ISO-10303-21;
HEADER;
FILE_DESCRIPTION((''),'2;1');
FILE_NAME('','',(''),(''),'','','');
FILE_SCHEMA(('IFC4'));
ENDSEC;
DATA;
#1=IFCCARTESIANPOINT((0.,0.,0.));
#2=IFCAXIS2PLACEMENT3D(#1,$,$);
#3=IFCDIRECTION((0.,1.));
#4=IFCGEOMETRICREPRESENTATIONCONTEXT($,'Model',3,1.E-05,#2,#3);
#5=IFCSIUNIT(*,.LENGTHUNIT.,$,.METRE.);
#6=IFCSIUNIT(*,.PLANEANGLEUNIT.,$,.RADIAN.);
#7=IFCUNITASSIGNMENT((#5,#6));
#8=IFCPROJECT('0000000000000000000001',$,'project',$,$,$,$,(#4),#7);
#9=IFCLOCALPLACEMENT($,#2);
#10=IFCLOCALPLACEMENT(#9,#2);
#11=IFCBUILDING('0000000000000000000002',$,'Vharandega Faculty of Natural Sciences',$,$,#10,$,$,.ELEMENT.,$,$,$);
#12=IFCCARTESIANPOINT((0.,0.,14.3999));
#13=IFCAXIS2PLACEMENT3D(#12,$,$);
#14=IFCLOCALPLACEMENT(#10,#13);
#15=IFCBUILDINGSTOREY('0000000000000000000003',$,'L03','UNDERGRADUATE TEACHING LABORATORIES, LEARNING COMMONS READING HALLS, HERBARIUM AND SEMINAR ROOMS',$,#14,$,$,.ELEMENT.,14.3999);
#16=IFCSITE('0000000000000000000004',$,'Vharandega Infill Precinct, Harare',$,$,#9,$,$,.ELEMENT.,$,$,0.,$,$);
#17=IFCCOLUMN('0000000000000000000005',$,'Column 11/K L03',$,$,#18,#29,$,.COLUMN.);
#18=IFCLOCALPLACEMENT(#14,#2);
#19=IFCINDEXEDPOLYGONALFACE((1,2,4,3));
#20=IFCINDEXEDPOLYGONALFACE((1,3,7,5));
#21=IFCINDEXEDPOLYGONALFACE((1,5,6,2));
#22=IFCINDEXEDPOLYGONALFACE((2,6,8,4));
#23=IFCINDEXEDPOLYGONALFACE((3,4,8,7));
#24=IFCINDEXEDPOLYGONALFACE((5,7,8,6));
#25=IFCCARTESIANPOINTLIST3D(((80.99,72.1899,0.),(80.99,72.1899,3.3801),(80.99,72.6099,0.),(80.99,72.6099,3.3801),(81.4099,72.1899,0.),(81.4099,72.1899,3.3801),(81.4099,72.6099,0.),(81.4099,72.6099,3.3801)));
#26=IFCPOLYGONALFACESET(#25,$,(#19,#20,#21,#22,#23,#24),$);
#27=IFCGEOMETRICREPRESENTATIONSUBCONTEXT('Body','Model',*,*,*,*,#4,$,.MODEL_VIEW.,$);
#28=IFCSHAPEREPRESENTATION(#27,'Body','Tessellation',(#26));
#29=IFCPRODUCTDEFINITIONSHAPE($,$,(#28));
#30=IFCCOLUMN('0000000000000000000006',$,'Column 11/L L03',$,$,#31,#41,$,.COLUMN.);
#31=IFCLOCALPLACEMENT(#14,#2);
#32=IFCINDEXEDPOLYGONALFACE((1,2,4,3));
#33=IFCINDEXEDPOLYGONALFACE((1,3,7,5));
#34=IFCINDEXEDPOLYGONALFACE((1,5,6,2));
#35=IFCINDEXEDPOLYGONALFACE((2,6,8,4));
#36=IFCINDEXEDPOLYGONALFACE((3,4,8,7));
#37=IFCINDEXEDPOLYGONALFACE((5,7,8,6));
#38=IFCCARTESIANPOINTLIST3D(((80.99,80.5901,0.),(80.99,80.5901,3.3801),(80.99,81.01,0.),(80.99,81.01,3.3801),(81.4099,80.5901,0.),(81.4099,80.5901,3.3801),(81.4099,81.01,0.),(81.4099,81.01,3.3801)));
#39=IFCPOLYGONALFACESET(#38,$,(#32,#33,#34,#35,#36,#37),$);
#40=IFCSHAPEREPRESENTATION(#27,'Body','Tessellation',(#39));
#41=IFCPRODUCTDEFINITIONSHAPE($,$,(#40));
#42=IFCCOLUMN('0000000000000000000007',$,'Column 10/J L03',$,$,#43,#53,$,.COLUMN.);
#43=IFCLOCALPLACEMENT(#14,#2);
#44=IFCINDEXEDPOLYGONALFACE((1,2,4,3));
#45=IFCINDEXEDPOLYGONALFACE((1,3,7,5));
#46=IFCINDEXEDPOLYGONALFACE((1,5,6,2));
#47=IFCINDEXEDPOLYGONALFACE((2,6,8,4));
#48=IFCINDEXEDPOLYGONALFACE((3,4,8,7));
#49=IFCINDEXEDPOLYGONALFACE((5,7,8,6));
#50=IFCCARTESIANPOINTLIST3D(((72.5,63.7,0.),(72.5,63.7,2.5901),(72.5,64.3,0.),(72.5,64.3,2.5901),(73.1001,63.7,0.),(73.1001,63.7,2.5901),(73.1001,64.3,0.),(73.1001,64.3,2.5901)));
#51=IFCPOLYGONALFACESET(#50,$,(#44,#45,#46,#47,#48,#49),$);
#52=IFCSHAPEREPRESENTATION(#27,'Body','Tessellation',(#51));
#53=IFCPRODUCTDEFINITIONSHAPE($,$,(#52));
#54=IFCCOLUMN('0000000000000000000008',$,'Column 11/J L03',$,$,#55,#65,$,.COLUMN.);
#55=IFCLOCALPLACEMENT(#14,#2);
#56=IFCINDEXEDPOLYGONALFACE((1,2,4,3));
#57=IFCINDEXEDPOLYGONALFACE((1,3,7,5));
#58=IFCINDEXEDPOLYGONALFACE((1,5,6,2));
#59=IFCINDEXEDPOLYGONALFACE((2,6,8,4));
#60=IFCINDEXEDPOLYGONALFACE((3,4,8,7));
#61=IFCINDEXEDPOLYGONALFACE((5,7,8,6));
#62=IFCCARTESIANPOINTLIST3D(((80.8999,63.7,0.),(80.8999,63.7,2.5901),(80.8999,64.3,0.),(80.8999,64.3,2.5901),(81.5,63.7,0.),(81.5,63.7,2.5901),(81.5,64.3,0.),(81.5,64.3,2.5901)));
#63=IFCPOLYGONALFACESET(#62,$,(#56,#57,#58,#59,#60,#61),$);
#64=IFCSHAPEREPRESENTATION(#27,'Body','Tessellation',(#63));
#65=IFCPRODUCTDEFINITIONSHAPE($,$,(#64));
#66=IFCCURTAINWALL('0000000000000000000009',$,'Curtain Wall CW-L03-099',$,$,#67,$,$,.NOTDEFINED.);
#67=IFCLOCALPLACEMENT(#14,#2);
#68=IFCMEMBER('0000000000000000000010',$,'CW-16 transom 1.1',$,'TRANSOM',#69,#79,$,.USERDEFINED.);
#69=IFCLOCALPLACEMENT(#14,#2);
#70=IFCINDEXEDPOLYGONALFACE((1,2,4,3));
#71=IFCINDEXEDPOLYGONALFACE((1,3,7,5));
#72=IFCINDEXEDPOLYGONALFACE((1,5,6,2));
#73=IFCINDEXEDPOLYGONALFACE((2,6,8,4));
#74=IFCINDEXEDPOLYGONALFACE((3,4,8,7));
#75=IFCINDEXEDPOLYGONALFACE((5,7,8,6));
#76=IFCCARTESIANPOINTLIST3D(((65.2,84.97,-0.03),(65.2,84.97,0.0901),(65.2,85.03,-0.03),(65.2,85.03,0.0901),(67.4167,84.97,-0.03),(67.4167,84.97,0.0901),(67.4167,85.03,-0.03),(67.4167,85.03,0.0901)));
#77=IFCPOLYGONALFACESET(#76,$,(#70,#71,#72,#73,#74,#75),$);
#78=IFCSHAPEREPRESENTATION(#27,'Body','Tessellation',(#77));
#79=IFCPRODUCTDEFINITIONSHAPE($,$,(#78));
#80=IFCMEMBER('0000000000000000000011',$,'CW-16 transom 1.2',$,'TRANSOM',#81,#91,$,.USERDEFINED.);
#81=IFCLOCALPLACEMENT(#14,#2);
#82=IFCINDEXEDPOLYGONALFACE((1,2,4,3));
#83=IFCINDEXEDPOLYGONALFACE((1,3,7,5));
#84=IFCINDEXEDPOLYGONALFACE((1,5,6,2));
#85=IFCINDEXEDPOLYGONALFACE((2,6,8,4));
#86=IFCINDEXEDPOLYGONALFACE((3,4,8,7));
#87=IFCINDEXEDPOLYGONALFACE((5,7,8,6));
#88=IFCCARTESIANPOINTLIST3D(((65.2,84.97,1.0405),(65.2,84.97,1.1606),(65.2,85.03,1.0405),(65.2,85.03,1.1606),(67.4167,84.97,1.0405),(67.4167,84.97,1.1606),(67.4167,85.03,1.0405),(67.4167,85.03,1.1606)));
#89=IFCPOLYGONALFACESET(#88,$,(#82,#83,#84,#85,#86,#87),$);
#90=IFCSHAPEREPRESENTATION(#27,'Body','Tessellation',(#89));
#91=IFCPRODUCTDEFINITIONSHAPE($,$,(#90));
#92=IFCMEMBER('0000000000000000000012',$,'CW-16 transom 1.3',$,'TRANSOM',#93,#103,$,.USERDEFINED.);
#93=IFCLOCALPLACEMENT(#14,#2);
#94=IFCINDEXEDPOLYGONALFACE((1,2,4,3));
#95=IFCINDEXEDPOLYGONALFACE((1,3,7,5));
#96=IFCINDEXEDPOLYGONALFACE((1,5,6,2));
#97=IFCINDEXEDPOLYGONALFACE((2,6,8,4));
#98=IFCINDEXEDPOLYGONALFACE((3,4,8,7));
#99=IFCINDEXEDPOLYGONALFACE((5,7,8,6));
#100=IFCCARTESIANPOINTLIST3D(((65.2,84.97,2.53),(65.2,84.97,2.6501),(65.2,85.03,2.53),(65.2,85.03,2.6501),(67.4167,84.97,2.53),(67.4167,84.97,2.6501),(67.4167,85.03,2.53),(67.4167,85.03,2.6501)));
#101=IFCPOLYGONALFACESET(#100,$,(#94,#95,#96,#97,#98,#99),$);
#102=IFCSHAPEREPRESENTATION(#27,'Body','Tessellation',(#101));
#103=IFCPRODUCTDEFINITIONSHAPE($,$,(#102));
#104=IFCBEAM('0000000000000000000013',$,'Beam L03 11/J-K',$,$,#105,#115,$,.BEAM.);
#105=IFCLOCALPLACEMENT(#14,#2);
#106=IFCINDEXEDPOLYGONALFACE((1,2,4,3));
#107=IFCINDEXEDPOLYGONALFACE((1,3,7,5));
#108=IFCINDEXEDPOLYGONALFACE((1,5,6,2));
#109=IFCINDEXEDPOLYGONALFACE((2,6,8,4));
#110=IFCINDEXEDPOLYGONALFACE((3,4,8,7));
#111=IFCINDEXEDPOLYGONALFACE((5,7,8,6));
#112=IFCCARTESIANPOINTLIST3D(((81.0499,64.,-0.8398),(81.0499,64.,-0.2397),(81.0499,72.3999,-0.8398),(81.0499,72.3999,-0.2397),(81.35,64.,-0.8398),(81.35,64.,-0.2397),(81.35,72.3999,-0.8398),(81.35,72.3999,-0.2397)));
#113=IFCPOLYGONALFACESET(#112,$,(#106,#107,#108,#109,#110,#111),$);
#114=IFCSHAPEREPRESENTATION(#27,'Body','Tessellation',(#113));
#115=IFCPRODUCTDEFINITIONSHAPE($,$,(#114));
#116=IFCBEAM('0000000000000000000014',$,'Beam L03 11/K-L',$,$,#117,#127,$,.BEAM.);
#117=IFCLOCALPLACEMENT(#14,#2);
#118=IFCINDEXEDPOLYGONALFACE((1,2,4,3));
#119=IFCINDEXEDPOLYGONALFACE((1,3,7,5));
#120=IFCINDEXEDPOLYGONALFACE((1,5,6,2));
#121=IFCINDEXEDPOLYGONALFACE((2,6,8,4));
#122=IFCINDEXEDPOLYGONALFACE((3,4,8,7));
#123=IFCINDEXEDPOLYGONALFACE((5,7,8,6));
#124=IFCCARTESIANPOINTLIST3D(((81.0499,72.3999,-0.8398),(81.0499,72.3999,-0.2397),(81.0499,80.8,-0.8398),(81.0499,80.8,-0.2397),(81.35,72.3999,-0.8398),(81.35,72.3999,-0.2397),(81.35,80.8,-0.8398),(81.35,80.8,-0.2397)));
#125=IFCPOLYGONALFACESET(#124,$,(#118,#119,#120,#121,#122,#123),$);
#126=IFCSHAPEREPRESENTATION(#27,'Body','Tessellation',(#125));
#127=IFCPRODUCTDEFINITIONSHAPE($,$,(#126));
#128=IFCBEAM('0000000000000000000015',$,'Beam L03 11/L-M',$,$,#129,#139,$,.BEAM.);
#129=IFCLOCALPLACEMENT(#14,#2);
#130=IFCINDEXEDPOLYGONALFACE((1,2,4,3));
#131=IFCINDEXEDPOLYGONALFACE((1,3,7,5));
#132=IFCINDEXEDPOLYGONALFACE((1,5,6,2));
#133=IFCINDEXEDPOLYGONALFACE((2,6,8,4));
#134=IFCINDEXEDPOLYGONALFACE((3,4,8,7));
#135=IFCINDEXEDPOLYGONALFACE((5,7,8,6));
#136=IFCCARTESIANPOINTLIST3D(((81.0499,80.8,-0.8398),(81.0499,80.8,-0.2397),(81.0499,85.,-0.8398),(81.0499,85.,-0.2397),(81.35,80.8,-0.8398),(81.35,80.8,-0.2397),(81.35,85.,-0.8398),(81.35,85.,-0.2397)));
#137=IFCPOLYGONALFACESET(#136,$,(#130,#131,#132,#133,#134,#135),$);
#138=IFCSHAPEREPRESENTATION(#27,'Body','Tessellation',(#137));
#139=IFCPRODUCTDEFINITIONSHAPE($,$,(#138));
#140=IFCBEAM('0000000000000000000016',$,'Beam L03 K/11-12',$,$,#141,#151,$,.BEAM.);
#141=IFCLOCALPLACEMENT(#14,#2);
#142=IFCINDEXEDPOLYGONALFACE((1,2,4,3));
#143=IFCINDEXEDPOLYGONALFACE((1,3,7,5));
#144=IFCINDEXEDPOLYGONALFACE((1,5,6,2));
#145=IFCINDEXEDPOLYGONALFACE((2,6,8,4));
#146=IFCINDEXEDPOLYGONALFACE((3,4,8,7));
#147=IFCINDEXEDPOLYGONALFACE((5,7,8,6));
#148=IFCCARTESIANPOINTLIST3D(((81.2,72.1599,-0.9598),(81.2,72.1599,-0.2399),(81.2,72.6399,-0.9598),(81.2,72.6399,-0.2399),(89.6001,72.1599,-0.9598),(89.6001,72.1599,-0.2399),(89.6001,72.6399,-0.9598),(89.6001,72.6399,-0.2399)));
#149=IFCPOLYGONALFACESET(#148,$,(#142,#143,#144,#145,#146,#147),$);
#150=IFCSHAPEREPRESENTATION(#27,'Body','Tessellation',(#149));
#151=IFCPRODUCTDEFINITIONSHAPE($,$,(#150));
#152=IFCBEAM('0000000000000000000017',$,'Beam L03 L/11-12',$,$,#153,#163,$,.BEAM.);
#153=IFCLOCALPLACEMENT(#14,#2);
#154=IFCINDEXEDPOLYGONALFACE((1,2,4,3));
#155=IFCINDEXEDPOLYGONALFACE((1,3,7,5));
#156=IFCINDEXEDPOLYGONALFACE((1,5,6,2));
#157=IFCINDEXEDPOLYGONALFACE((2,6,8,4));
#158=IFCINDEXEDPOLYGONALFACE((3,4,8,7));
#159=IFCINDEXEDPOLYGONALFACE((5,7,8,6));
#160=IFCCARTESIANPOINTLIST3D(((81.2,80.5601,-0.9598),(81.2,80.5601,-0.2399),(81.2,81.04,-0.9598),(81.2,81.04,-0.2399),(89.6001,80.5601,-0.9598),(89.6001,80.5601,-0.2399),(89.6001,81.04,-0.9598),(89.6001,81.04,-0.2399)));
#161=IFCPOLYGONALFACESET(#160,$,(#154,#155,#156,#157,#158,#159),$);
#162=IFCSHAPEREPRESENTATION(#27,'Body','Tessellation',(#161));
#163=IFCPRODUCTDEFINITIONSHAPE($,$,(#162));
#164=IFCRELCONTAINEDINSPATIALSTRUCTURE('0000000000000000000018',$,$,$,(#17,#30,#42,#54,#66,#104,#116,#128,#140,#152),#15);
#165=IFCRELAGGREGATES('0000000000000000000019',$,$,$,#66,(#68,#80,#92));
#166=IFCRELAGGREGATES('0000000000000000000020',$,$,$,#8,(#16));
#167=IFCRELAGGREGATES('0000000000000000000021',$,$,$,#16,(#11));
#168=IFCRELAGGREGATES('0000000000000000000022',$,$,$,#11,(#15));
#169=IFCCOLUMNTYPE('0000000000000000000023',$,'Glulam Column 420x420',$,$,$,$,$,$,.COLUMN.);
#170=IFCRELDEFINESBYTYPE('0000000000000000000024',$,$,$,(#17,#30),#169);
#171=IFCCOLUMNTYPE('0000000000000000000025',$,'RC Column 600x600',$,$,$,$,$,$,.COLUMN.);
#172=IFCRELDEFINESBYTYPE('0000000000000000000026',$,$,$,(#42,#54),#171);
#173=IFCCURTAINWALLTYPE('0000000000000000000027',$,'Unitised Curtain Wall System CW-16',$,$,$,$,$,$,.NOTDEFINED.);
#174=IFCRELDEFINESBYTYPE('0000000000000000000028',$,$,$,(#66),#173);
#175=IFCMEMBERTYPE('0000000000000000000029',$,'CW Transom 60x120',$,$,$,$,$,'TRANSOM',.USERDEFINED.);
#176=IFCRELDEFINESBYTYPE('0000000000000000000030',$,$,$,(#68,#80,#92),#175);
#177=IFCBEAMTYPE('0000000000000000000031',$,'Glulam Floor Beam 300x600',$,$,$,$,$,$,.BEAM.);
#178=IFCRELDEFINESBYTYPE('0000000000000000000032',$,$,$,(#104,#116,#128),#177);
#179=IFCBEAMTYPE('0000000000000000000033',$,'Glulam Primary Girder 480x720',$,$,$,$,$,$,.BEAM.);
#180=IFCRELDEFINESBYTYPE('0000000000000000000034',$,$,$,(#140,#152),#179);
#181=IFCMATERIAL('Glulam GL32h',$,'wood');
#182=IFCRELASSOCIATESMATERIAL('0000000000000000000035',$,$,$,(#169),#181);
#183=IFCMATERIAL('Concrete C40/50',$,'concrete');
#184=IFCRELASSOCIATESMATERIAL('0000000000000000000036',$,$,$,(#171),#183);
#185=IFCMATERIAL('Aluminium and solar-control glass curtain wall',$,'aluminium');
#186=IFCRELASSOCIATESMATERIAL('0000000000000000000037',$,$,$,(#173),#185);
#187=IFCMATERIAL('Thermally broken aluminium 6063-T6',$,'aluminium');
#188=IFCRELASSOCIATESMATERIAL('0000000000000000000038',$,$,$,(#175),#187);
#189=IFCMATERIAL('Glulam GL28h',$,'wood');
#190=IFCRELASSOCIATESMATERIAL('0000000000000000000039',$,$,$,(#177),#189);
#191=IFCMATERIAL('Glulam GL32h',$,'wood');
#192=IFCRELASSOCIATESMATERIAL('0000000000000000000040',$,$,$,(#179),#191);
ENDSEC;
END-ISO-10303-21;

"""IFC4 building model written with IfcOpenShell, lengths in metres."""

from ifc_helpers import new_model, si_unit, direction, frame, origin, origin_2d, place, context, subcontext, project, spatial, rectangle, extrude, material, material_profile, profile_set, type_object, element, aggregate, save


model = new_model("IFC4")

# Units and contexts
model_context = context("Model", 3, precision=1e-05, world=origin(), true_north=direction((0.0, 1.0)))
body_context = subcontext(model_context, "Body", "Model", "MODEL_VIEW")
ifc_project = project(units=[si_unit("LENGTHUNIT", "METRE"), si_unit("PLANEANGLEUNIT", "RADIAN")], contexts=[model_context])

# Site, building, storey
site_placement = place(None, origin())
site = spatial("IfcSite", under=ifc_project, at=site_placement, Name="Vharandega Infill Precinct, Harare", CompositionType="ELEMENT", RefElevation=0.0)
building_placement = place(site_placement, origin())
building = spatial("IfcBuilding", under=site, at=building_placement, Name="Vharandega Faculty of Natural Sciences", CompositionType="ELEMENT")
storey_placement = place(building_placement, frame((0.0, 0.0, 14.3999)))
storey = spatial("IfcBuildingStorey", under=building, at=storey_placement, Name="L03", Description="UNDERGRADUATE TEACHING LABORATORIES, LEARNING COMMONS READING HALLS, HERBARIUM AND SEMINAR ROOMS", CompositionType="ELEMENT", Elevation=14.3999)

# Columns
ifc_material_1 = material(Name="Glulam GL32h", Category="wood")
ifc_material_profile_1 = material_profile(ifc_material_1, rectangle(XDim=0.4199, YDim=0.4199, at=origin_2d()), Name="GL32h 420x420")
ifc_profile_set_1 = profile_set([ifc_material_profile_1], Name="Glulam GL32h")
column_type_1 = type_object("IfcColumnType", Name="Glulam Column 420x420", PredefinedType="COLUMN", material=ifc_profile_set_1)
for number, where, z_axis, x_axis, name in (
    (1, (81.2, 72.3999, 0.0), (0.0, 0.0, 1.0), (1.0, 0.0, 0.0), "Column 11/K L03"),
    (2, (81.2, 80.8, 0.0), (0.0, 0.0, 1.0), (1.0, 0.0, 0.0), "Column 11/L L03"),
):
    element("IfcColumn", number, at=place(storey_placement, frame(where, z_axis=z_axis, x_axis=x_axis)), inside=storey, type_object=column_type_1, Name=name, PredefinedType="COLUMN", context=body_context, shape_type="SweptSolid", body=[
        extrude(rectangle(XDim=0.4199, YDim=0.4199, at=origin_2d()), origin(), (0.0, 0.0, 1.0), 3.3801),
    ])
ifc_material_2 = material(Name="Concrete C40/50", Category="concrete")
ifc_material_profile_2 = material_profile(ifc_material_2, rectangle(XDim=0.6001, YDim=0.6001, at=origin_2d()), Name="RC 600x600")
ifc_profile_set_2 = profile_set([ifc_material_profile_2], Name="Concrete C40/50")
column_type_2 = type_object("IfcColumnType", Name="RC Column 600x600", PredefinedType="COLUMN", material=ifc_profile_set_2)
for number, where, z_axis, x_axis, name in (
    (3, (72.8, 64.0, 0.0), (0.0, 0.0, 1.0), (1.0, 0.0, 0.0), "Column 10/J L03"),
    (4, (81.2, 64.0, 0.0), (0.0, 0.0, 1.0), (1.0, 0.0, 0.0), "Column 11/J L03"),
):
    element("IfcColumn", number, at=place(storey_placement, frame(where, z_axis=z_axis, x_axis=x_axis)), inside=storey, type_object=column_type_2, Name=name, PredefinedType="COLUMN", context=body_context, shape_type="SweptSolid", body=[
        extrude(rectangle(XDim=0.6001, YDim=0.6001, at=origin_2d()), origin(), (0.0, 0.0, 1.0), 2.5901),
    ])

# Curtain wall, members
ifc_material_3 = material(Name="Aluminium and solar-control glass curtain wall", Category="aluminium")
curtain_wall_type = type_object("IfcCurtainWallType", Name="Unitised Curtain Wall System CW-16", PredefinedType="NOTDEFINED", material=ifc_material_3)
curtain_wall_placement = place(storey_placement, origin())
curtain_wall = element("IfcCurtainWall", 5, at=curtain_wall_placement, inside=storey, type_object=curtain_wall_type, Name="Curtain Wall CW-L03-099", PredefinedType="NOTDEFINED")
ifc_material_4 = material(Name="Thermally broken aluminium 6063-T6", Category="aluminium")
ifc_material_profile_3 = material_profile(ifc_material_4, rectangle(XDim=0.0601, YDim=0.1201, at=origin_2d()), Name="ALU 60x120")
ifc_profile_set_3 = profile_set([ifc_material_profile_3], Name="Thermally broken aluminium 6063-T6")
member_type = type_object("IfcMemberType", Name="CW Transom 60x120", ElementType="TRANSOM", PredefinedType="USERDEFINED", material=ifc_profile_set_3)
member_1_placement = place(storey_placement, frame((65.2, 85.0, 0.03), z_axis=(1.0, 0.0, 0.0), x_axis=(0.0, 1.0, 0.0)))
member_1 = element("IfcMember", 6, at=member_1_placement, type_object=member_type, Name="CW-16 transom 1.1", ObjectType="TRANSOM", PredefinedType="USERDEFINED", context=body_context, shape_type="SweptSolid", body=[
    extrude(rectangle(XDim=0.0601, YDim=0.1201, at=origin_2d()), origin(), (0.0, 0.0, 1.0), 2.2168),
])
member_2_placement = place(storey_placement, frame((65.2, 85.0, 1.1006), z_axis=(1.0, 0.0, 0.0), x_axis=(0.0, 1.0, 0.0)))
member_2 = element("IfcMember", 7, at=member_2_placement, type_object=member_type, Name="CW-16 transom 1.2", ObjectType="TRANSOM", PredefinedType="USERDEFINED", context=body_context, shape_type="SweptSolid", body=[
    extrude(rectangle(XDim=0.0601, YDim=0.1201, at=origin_2d()), origin(), (0.0, 0.0, 1.0), 2.2168),
])
member_3_placement = place(storey_placement, frame((65.2, 85.0, 2.5901), z_axis=(1.0, 0.0, 0.0), x_axis=(0.0, 1.0, 0.0)))
member_3 = element("IfcMember", 8, at=member_3_placement, type_object=member_type, Name="CW-16 transom 1.3", ObjectType="TRANSOM", PredefinedType="USERDEFINED", context=body_context, shape_type="SweptSolid", body=[
    extrude(rectangle(XDim=0.0601, YDim=0.1201, at=origin_2d()), origin(), (0.0, 0.0, 1.0), 2.2168),
])

# Beams
ifc_material_5 = material(Name="Glulam GL28h", Category="wood")
ifc_material_profile_4 = material_profile(ifc_material_5, rectangle(XDim=0.3, YDim=0.6001, at=origin_2d()), Name="GL28h 300x600")
ifc_profile_set_4 = profile_set([ifc_material_profile_4], Name="Glulam GL28h")
beam_type_1 = type_object("IfcBeamType", Name="Glulam Floor Beam 300x600", PredefinedType="BEAM", material=ifc_profile_set_4)
beam_1_placement = place(storey_placement, frame((81.2, 64.0, -0.5398), z_axis=(0.0, 1.0, 0.0), x_axis=(-1.0, 0.0, 0.0)))
element("IfcBeam", 9, at=beam_1_placement, inside=storey, type_object=beam_type_1, Name="Beam L03 11/J-K", PredefinedType="BEAM", context=body_context, shape_type="SweptSolid", body=[
    extrude(rectangle(XDim=0.3, YDim=0.6001, at=origin_2d()), origin(), (0.0, 0.0, 1.0), 8.3999),
])
beam_2_placement = place(storey_placement, frame((81.2, 72.3999, -0.5398), z_axis=(0.0, 1.0, 0.0), x_axis=(-1.0, 0.0, 0.0)))
element("IfcBeam", 10, at=beam_2_placement, inside=storey, type_object=beam_type_1, Name="Beam L03 11/K-L", PredefinedType="BEAM", context=body_context, shape_type="SweptSolid", body=[
    extrude(rectangle(XDim=0.3, YDim=0.6001, at=origin_2d()), origin(), (0.0, 0.0, 1.0), 8.4001),
])
beam_3_placement = place(storey_placement, frame((81.2, 80.8, -0.5398), z_axis=(0.0, 1.0, 0.0), x_axis=(-1.0, 0.0, 0.0)))
element("IfcBeam", 11, at=beam_3_placement, inside=storey, type_object=beam_type_1, Name="Beam L03 11/L-M", PredefinedType="BEAM", context=body_context, shape_type="SweptSolid", body=[
    extrude(rectangle(XDim=0.3, YDim=0.6001, at=origin_2d()), origin(), (0.0, 0.0, 1.0), 4.2),
])
ifc_material_6 = material(Name="Glulam GL32h", Category="wood")
ifc_material_profile_5 = material_profile(ifc_material_6, rectangle(XDim=0.48, YDim=0.72, at=origin_2d()), Name="GL32h 480x720")
ifc_profile_set_5 = profile_set([ifc_material_profile_5], Name="Glulam GL32h")
beam_type_2 = type_object("IfcBeamType", Name="Glulam Primary Girder 480x720", PredefinedType="BEAM", material=ifc_profile_set_5)
for number, where, z_axis, x_axis, name in (
    (12, (81.2, 72.3999, -0.5999), (1.0, 0.0, 0.0), (0.0, 1.0, 0.0), "Beam L03 K/11-12"),
    (13, (81.2, 80.8, -0.5999), (1.0, 0.0, 0.0), (0.0, 1.0, 0.0), "Beam L03 L/11-12"),
):
    element("IfcBeam", number, at=place(storey_placement, frame(where, z_axis=z_axis, x_axis=x_axis)), inside=storey, type_object=beam_type_2, Name=name, PredefinedType="BEAM", context=body_context, shape_type="SweptSolid", body=[
        extrude(rectangle(XDim=0.48, YDim=0.72, at=origin_2d()), origin(), (0.0, 0.0, 1.0), 8.4001),
    ])

aggregate(curtain_wall, [member_1, member_2, member_3])

save(model, "model.ifc")
